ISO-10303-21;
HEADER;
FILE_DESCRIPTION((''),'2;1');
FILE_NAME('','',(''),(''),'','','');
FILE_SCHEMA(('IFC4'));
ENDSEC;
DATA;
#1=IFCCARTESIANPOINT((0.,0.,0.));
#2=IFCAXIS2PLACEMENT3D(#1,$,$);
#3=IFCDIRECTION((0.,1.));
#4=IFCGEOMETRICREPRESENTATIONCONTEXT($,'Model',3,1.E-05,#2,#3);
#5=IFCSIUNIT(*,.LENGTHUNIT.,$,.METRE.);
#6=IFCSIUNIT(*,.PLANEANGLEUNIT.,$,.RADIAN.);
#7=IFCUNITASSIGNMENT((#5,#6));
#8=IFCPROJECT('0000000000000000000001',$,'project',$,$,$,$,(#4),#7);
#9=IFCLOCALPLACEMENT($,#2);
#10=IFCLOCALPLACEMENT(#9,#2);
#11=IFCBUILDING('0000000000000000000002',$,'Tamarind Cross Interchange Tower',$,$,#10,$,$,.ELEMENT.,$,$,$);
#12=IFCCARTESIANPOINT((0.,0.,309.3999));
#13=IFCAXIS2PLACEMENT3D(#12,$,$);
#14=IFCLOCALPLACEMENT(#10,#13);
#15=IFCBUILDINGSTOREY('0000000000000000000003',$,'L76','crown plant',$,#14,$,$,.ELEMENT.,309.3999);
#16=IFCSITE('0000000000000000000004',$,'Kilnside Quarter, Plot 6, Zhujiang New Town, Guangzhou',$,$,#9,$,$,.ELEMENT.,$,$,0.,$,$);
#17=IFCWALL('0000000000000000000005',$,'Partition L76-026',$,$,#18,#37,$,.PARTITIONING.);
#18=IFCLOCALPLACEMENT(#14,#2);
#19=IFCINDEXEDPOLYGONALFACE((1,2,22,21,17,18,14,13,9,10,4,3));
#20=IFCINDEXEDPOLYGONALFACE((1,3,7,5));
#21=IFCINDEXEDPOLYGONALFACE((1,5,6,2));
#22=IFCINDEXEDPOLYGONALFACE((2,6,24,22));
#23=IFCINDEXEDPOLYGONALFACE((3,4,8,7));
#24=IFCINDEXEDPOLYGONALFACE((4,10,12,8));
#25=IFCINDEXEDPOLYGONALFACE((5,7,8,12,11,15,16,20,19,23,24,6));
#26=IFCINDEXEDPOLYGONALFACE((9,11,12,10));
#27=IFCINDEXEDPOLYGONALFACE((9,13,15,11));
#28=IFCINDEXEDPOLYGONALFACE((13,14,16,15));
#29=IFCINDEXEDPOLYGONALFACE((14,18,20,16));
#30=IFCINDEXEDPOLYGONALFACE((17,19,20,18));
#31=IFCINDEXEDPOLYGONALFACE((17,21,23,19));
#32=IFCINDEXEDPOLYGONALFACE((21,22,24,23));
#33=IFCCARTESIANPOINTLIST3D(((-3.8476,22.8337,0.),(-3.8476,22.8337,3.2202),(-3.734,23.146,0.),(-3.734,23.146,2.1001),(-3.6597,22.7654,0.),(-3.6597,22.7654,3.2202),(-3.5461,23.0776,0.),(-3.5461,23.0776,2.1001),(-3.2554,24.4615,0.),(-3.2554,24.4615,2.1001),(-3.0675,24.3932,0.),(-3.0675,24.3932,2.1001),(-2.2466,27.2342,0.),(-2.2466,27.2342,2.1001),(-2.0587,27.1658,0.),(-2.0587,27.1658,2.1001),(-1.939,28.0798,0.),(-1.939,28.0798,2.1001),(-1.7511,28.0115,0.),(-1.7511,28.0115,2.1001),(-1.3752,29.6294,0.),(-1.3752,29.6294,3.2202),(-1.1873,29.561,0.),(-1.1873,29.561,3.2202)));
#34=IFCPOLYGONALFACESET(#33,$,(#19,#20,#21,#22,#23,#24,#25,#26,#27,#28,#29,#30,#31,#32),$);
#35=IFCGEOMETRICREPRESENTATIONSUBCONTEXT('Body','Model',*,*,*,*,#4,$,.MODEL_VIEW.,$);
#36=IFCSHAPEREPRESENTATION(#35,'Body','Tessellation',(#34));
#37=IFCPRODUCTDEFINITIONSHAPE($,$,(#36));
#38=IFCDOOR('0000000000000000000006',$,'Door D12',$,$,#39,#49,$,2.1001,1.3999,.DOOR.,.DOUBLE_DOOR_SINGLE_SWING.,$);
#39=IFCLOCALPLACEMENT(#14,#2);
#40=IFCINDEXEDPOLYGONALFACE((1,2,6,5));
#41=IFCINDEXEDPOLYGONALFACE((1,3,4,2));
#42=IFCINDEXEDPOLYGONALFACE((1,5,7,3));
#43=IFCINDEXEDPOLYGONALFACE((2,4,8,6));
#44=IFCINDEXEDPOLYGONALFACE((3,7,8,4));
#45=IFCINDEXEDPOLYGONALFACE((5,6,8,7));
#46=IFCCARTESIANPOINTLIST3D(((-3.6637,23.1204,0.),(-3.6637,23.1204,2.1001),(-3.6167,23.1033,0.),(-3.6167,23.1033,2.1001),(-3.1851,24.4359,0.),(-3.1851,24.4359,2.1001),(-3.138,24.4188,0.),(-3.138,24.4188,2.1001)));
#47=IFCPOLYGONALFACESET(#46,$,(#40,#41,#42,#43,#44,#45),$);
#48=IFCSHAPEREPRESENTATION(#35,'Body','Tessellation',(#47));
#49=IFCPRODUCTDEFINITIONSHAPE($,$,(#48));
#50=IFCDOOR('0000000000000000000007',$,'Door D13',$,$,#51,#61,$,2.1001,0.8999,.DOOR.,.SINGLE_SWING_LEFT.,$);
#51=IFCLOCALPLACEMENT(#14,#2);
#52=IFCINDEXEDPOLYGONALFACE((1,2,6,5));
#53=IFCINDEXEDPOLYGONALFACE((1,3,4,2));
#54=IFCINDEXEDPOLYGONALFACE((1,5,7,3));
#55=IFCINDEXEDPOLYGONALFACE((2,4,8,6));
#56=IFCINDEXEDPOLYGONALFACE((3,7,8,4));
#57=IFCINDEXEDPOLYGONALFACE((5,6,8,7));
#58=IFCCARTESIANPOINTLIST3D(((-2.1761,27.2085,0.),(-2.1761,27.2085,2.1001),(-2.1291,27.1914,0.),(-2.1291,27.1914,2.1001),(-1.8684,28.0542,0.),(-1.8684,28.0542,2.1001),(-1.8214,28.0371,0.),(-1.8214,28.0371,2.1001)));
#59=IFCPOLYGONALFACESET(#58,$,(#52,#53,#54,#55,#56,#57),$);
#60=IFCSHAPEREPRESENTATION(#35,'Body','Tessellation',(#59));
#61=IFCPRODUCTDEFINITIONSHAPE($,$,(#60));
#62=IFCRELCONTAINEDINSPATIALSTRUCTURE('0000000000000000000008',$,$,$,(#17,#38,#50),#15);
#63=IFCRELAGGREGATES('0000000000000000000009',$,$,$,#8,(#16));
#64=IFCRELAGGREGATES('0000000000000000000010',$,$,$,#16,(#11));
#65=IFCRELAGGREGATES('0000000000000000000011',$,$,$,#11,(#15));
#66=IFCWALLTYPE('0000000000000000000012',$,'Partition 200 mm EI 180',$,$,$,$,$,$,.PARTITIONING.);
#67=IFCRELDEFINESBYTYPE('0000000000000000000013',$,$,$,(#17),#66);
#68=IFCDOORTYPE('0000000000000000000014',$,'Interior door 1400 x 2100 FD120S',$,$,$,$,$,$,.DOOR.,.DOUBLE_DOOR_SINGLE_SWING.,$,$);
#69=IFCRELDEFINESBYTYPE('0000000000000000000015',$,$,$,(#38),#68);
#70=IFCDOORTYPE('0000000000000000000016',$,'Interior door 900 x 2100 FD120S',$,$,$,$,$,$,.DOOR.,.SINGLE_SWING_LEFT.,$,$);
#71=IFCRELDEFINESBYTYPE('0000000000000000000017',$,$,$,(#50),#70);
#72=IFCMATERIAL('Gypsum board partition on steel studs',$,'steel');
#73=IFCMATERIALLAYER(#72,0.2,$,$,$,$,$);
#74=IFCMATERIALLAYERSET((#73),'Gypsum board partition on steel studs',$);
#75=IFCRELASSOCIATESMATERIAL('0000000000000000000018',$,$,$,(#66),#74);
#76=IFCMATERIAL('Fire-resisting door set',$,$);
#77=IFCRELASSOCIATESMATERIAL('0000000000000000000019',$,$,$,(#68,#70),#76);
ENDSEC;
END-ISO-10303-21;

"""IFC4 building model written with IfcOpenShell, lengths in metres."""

from ifc_helpers import new_model, si_unit, direction, frame, frame_2d, origin, place, context, subcontext, project, spatial, rectangle, extrude, material, layer, layer_set, type_object, element, fill, save


model = new_model("IFC4")

# Units and contexts
model_context = context("Model", 3, precision=1e-05, world=origin(), true_north=direction((0.0, 1.0)))
body_context = subcontext(model_context, "Body", "Model", "MODEL_VIEW")
ifc_project = project(units=[si_unit("LENGTHUNIT", "METRE"), si_unit("PLANEANGLEUNIT", "RADIAN")], contexts=[model_context])

# Site, building, storey
site_placement = place(None, origin())
site = spatial("IfcSite", under=ifc_project, at=site_placement, Name="Kilnside Quarter, Plot 6, Zhujiang New Town, Guangzhou", CompositionType="ELEMENT", RefElevation=0.0)
building_placement = place(site_placement, origin())
building = spatial("IfcBuilding", under=site, at=building_placement, Name="Tamarind Cross Interchange Tower", CompositionType="ELEMENT")
storey_placement = place(building_placement, frame((0.0, 0.0, 309.3999)))
storey = spatial("IfcBuildingStorey", under=building, at=storey_placement, Name="L76", Description="crown plant", CompositionType="ELEMENT", Elevation=309.3999)

# Shared definitions
ifc_material_1 = material(Name="Gypsum board partition on steel studs", Category="steel")

# Shared definitions
ifc_material_2 = material(Name="Fire-resisting door set")

# Shared definitions
ifc_layer_1 = layer(ifc_material_1, 0.2)
ifc_layer_set_1 = layer_set([ifc_layer_1], Name="Gypsum board partition on steel studs")
wall_type_1 = type_object("IfcWallType", Name="Partition 200 mm EI 180", PredefinedType="PARTITIONING", material=ifc_layer_set_1)

# Shared definitions
door_type_1 = type_object("IfcDoorType", Name="Interior door 1400 x 2100 FD120S", OperationType="DOUBLE_DOOR_SINGLE_SWING", PredefinedType="DOOR", material=ifc_material_2)

# Wall, openings, doors
wall_1_placement = place(storey_placement, frame((-3.7537, 22.7996, 0.0), z_axis=(0.0, 0.0, 1.0), x_axis=(0.341898, 0.939737, 0.0)))
wall_1 = element("IfcWall", 1, at=wall_1_placement, inside=storey, type_object=wall_type_1, Name="Partition L76-026", PredefinedType="PARTITIONING", context=body_context, shape_type="SweptSolid", body=[
    extrude(rectangle(XDim=7.2314, YDim=0.2, at=frame_2d((3.6157, 0.0))), origin(), (0.0, 0.0, 1.0), 3.2202),
])
opening_1_placement = place(wall_1_placement, frame((0.3323, 0.0, 0.0)))
opening_1 = element("IfcOpeningElement", 2, at=opening_1_placement, cuts=wall_1, PredefinedType="OPENING", context=body_context, shape_type="SweptSolid", body=[
    extrude(rectangle(XDim=1.3999, YDim=2.1001, at=frame_2d((0.7, 1.05))), frame((0.0, 0.1099, 0.0), z_axis=(0.0, -1.0, 0.0), x_axis=(1.0, 0.0, 0.0)), (0.0, 0.0, 1.0), 0.22),
])
opening_2_placement = place(wall_1_placement, frame((4.6826, 0.0, 0.0)))
opening_2 = element("IfcOpeningElement", 3, at=opening_2_placement, cuts=wall_1, PredefinedType="OPENING", context=body_context, shape_type="SweptSolid", body=[
    extrude(rectangle(XDim=0.8999, YDim=2.1001, at=frame_2d((0.45, 1.05))), frame((0.0, 0.1099, 0.0), z_axis=(0.0, -1.0, 0.0), x_axis=(1.0, 0.0, 0.0)), (0.0, 0.0, 1.0), 0.22),
])
door_1_placement = place(opening_1_placement, frame((1.3999, 0.0, 0.0), z_axis=(0.0, 0.0, 1.0), x_axis=(-1.0, 0.0, 0.0)))
door_1 = element("IfcDoor", 4, at=door_1_placement, inside=storey, type_object=door_type_1, Name="Door D12", OperationType="DOUBLE_DOOR_SINGLE_SWING", OverallHeight=2.1001, OverallWidth=1.3999, PredefinedType="DOOR", context=body_context, shape_type="SweptSolid", body=[
    extrude(rectangle(XDim=1.3999, YDim=2.1001, at=frame_2d((0.7, 1.05))), frame((0.0, 0.0249, 0.0), z_axis=(0.0, -1.0, 0.0), x_axis=(1.0, 0.0, 0.0)), (0.0, 0.0, 1.0), 0.05),
])
fill(opening_1, door_1)
door_type_2 = type_object("IfcDoorType", Name="Interior door 900 x 2100 FD120S", OperationType="SINGLE_SWING_LEFT", PredefinedType="DOOR", material=ifc_material_2)
door_2_placement = place(opening_2_placement, origin())
door_2 = element("IfcDoor", 5, at=door_2_placement, inside=storey, type_object=door_type_2, Name="Door D13", OperationType="SINGLE_SWING_LEFT", OverallHeight=2.1001, OverallWidth=0.8999, PredefinedType="DOOR", context=body_context, shape_type="SweptSolid", body=[
    extrude(rectangle(XDim=0.8999, YDim=2.1001, at=frame_2d((0.45, 1.05))), frame((0.0, 0.0249, 0.0), z_axis=(0.0, -1.0, 0.0), x_axis=(1.0, 0.0, 0.0)), (0.0, 0.0, 1.0), 0.05),
])
fill(opening_2, door_2)

save(model, "model.ifc")
